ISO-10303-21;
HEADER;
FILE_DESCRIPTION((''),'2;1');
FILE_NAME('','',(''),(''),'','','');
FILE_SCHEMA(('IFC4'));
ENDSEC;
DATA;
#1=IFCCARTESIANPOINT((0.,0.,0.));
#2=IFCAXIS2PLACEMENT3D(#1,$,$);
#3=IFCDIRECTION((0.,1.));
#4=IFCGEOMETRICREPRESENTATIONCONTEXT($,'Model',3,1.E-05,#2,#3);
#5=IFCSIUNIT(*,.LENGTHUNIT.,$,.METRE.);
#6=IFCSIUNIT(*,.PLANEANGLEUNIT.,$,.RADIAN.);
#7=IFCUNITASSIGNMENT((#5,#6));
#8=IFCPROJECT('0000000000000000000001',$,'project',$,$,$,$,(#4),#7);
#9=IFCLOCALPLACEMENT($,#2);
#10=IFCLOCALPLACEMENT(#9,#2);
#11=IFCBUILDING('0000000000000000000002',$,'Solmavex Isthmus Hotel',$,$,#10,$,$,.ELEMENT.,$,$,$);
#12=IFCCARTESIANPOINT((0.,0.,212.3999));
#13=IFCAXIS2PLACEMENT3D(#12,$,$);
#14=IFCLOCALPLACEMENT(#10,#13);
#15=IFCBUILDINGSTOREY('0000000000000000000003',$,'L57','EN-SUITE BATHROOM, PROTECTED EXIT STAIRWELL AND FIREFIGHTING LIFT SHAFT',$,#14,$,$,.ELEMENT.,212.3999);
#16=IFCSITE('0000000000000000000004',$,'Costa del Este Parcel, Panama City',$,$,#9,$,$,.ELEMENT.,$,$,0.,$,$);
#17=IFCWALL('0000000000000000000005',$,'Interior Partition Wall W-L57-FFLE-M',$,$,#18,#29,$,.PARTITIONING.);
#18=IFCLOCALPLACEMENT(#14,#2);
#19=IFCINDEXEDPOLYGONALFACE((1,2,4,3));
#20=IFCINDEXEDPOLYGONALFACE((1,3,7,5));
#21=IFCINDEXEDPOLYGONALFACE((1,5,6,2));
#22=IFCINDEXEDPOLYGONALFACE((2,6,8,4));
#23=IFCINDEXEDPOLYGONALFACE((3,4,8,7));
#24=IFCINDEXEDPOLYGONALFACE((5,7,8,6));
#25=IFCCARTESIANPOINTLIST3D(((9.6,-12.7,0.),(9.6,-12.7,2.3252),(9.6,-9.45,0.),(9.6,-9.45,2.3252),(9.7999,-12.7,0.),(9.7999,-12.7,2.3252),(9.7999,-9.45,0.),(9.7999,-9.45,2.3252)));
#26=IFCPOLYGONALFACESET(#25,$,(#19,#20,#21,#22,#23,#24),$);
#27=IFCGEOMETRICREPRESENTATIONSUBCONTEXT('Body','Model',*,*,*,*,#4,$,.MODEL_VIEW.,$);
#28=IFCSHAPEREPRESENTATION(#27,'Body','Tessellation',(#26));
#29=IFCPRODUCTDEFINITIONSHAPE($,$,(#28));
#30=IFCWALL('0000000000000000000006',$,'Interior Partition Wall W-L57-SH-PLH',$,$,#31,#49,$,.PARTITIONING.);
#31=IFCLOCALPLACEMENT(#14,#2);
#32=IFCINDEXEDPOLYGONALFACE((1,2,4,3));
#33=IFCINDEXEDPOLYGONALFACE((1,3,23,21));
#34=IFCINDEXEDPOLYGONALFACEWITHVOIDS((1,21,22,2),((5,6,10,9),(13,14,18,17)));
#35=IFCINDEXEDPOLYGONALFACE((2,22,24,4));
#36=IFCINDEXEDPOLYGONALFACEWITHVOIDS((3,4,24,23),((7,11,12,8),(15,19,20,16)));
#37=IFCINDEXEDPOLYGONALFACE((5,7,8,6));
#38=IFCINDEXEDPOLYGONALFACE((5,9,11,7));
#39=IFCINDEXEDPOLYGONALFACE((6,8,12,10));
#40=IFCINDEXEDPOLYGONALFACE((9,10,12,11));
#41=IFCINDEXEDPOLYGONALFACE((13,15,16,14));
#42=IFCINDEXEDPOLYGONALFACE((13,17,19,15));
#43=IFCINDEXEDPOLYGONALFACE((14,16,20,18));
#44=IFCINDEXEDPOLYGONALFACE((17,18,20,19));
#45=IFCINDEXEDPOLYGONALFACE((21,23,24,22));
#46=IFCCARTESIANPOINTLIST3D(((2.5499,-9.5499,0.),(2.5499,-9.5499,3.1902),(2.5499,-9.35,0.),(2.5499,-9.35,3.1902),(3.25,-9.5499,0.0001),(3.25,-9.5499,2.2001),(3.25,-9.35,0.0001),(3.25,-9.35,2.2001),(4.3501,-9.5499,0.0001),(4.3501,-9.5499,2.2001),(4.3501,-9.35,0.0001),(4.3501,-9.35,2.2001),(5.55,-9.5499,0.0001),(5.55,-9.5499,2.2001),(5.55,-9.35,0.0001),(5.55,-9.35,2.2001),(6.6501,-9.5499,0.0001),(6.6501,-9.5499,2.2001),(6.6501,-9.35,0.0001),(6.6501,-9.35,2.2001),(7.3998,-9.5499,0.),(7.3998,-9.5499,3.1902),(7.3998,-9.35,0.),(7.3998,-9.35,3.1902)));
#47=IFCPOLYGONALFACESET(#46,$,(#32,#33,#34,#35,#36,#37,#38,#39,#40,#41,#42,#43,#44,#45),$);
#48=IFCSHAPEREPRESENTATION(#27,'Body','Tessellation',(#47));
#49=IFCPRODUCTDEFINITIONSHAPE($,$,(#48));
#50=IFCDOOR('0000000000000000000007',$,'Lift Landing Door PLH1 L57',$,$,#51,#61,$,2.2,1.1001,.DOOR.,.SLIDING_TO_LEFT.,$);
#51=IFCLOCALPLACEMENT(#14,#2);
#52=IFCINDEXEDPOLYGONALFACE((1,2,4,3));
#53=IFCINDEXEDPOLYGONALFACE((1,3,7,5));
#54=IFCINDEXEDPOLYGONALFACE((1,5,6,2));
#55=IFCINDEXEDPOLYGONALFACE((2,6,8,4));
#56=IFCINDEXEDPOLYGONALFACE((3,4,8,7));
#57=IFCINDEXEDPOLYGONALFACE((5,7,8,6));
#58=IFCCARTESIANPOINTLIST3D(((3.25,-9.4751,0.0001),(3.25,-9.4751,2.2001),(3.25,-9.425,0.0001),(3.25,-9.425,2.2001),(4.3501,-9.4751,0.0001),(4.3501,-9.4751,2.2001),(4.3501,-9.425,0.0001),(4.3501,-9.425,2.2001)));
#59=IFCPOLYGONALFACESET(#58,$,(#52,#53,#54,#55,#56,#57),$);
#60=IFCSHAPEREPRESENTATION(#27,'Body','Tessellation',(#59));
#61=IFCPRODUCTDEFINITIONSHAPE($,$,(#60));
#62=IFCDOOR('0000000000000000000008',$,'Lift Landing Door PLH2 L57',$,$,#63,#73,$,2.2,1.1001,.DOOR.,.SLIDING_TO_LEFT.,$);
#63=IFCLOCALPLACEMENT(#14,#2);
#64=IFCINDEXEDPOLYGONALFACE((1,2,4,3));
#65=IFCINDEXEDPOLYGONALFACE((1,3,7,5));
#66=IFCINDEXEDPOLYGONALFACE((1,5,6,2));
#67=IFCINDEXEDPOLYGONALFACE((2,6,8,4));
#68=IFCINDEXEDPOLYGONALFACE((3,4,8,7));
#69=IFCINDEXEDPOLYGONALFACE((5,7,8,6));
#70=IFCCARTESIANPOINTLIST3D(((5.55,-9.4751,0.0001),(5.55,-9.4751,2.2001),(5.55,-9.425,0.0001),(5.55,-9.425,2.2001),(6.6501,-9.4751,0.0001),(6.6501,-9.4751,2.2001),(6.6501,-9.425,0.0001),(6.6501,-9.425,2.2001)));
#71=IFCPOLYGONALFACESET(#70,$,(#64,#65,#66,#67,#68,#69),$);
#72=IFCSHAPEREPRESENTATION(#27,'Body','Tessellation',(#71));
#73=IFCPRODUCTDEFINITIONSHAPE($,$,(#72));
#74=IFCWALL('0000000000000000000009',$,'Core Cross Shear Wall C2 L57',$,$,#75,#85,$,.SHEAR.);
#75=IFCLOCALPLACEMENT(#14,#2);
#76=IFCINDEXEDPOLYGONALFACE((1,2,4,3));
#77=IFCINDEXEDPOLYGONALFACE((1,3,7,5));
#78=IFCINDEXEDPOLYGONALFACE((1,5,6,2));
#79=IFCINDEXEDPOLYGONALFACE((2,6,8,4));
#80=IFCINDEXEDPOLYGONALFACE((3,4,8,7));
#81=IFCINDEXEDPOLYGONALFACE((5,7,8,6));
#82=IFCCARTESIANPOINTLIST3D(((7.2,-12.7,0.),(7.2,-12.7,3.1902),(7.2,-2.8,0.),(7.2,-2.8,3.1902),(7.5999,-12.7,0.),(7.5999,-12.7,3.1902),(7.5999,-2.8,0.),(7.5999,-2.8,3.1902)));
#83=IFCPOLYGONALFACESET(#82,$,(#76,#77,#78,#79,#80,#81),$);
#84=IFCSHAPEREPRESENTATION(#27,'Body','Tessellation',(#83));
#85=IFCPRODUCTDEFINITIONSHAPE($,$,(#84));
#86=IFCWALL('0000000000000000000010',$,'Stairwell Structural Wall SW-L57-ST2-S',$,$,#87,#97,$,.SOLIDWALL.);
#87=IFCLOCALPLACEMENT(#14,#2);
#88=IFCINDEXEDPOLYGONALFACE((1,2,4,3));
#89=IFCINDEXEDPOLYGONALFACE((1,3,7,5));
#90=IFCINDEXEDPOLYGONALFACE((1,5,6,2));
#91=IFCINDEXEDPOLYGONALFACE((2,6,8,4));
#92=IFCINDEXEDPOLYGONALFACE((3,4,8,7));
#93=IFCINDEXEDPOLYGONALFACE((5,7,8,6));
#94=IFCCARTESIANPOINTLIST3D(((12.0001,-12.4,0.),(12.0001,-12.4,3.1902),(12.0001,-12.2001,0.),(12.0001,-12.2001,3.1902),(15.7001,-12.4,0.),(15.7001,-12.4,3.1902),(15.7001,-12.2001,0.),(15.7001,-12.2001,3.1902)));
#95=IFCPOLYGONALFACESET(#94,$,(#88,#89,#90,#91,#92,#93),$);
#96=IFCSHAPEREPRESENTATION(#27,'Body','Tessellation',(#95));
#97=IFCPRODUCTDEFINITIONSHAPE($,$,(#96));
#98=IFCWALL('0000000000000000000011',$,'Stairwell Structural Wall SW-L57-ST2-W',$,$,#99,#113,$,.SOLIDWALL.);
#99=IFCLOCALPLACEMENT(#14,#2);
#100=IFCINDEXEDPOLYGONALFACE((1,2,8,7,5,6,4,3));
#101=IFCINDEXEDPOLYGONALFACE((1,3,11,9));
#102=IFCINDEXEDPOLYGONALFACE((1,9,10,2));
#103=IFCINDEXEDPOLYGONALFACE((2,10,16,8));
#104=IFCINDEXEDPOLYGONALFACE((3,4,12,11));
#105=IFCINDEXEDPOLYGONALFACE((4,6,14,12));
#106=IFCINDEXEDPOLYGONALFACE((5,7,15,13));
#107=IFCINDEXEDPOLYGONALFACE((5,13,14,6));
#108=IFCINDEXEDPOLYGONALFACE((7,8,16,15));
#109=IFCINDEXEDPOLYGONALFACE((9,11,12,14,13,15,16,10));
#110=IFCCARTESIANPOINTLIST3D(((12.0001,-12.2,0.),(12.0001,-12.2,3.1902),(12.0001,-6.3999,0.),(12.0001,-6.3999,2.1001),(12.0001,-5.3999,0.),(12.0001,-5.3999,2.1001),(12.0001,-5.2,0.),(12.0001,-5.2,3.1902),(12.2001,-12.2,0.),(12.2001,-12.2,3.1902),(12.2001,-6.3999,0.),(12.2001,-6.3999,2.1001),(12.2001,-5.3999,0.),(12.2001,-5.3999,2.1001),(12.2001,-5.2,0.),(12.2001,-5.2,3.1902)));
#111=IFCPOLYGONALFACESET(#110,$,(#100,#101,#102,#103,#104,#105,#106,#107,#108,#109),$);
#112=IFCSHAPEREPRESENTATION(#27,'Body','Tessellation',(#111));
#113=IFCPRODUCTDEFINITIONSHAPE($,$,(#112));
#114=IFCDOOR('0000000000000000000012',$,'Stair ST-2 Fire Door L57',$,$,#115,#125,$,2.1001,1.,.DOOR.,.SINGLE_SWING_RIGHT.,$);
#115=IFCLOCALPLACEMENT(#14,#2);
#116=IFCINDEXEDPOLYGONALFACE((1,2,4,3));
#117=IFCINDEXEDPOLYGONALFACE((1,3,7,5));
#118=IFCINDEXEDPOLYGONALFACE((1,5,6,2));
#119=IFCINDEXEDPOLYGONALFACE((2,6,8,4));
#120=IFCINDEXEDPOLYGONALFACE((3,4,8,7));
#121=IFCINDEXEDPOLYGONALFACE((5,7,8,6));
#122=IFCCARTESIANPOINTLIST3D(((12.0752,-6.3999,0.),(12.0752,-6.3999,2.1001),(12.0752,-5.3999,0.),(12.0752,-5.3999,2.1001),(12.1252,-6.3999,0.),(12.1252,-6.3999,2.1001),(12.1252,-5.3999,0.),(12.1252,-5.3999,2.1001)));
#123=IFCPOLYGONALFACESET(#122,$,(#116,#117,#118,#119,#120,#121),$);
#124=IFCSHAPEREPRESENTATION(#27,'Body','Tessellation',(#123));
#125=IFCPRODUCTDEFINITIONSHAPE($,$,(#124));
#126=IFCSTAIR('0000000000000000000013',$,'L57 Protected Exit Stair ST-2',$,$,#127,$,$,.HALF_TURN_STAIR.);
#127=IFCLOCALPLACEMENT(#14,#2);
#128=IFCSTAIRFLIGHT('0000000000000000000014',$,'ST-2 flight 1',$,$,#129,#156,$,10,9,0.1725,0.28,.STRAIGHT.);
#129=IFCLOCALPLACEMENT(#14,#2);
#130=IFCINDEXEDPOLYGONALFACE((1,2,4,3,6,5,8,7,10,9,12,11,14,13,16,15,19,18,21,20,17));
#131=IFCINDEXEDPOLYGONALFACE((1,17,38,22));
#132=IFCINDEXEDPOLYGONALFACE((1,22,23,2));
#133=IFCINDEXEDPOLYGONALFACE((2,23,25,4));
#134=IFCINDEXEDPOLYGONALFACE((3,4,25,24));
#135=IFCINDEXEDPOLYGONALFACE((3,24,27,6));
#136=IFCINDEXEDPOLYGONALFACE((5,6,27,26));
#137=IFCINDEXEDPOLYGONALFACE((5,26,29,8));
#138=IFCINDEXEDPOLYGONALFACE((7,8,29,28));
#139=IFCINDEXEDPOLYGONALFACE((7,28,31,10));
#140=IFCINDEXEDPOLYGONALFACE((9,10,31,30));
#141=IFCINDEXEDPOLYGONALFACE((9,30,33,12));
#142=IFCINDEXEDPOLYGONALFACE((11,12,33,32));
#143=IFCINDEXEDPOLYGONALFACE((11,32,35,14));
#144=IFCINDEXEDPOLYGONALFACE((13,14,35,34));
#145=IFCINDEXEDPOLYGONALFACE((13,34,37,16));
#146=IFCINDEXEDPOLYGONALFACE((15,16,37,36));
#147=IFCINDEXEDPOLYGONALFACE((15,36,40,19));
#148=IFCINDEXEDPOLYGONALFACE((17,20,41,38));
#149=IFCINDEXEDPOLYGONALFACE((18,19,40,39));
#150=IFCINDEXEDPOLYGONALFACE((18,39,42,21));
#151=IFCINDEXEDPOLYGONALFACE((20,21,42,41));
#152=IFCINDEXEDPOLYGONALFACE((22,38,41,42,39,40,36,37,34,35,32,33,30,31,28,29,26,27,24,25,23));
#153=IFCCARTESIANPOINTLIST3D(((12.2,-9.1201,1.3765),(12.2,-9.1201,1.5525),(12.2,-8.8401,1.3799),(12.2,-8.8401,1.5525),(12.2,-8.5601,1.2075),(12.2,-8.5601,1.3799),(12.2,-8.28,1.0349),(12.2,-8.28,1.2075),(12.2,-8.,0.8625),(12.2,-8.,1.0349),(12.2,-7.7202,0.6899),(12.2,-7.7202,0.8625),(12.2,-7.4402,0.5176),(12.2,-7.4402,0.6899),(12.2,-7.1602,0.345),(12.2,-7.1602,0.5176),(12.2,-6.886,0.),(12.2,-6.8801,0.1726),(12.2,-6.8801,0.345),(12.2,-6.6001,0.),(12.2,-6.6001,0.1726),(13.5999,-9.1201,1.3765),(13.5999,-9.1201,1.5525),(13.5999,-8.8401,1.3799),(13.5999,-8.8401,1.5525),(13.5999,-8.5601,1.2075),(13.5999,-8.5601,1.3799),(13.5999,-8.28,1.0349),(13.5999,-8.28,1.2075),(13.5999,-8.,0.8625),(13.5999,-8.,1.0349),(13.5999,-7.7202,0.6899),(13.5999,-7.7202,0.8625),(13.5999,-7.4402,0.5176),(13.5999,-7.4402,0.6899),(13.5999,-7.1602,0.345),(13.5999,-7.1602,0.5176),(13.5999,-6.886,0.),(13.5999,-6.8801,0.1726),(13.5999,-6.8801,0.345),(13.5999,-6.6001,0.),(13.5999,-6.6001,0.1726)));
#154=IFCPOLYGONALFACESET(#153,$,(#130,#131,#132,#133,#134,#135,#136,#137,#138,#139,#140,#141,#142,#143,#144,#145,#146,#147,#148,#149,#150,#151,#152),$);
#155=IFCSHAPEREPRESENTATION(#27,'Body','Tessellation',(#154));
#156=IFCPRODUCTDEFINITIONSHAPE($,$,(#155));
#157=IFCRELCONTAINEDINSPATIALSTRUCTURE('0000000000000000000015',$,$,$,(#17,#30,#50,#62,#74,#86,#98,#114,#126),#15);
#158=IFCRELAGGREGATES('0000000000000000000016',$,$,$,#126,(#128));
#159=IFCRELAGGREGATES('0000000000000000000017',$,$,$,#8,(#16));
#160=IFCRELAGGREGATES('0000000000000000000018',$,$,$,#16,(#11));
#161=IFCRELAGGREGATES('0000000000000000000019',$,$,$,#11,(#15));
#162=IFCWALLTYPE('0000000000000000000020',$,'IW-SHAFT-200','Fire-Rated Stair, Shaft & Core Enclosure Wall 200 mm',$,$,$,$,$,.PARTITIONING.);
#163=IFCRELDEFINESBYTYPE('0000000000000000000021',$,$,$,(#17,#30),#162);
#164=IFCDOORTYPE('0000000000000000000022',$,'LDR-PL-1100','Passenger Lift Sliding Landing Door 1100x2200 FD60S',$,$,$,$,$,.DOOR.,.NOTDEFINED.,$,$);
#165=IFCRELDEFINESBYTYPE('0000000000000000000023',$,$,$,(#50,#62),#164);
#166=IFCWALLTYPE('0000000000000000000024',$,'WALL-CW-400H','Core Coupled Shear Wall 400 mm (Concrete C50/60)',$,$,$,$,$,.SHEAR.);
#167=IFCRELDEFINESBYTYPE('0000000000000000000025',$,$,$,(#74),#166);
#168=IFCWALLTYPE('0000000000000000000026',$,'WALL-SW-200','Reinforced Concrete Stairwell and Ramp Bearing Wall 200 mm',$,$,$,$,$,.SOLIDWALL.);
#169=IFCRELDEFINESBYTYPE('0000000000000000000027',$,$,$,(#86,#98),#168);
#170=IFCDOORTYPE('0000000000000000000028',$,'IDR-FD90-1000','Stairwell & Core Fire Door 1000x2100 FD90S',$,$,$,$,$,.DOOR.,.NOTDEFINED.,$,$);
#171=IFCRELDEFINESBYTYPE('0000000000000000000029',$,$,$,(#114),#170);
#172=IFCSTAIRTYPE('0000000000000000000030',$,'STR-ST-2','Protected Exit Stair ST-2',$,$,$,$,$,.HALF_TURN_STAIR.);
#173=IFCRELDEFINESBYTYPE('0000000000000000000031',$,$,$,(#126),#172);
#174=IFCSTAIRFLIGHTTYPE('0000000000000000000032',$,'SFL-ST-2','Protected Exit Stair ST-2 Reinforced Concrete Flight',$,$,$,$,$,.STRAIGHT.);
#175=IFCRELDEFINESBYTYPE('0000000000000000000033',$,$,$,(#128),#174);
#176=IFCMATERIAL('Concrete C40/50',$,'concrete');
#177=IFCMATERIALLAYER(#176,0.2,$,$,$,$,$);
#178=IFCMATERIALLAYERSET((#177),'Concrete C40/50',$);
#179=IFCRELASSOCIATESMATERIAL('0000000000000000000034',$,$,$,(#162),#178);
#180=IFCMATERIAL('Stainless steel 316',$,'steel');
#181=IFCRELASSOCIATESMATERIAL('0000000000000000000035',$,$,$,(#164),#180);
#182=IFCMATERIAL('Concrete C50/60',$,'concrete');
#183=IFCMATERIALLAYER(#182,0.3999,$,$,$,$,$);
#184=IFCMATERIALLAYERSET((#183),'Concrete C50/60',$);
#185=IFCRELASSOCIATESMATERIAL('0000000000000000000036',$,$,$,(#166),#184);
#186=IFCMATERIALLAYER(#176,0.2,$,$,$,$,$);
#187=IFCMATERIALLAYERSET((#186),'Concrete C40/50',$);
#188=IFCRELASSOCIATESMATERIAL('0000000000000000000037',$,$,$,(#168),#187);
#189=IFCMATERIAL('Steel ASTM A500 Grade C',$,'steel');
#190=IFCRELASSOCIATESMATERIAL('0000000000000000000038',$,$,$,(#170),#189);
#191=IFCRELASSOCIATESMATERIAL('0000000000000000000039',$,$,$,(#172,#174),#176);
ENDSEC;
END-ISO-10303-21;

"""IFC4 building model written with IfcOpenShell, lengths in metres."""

from ifc_helpers import new_model, si_unit, direction, frame, frame_2d, origin, place, context, subcontext, project, spatial, polyline, rectangle, outline, extrude, material, layer, layer_set, type_object, element, fill, aggregate, save


model = new_model("IFC4")

# Units and contexts
model_context = context("Model", 3, precision=1e-05, world=origin(), true_north=direction((0.0, 1.0)))
body_context = subcontext(model_context, "Body", "Model", "MODEL_VIEW")
ifc_project = project(units=[si_unit("LENGTHUNIT", "METRE"), si_unit("PLANEANGLEUNIT", "RADIAN")], contexts=[model_context])

# Site, building, storey
site_placement = place(None, origin())
site = spatial("IfcSite", under=ifc_project, at=site_placement, Name="Costa del Este Parcel, Panama City", CompositionType="ELEMENT", RefElevation=0.0)
building_placement = place(site_placement, origin())
building = spatial("IfcBuilding", under=site, at=building_placement, Name="Solmavex Isthmus Hotel", CompositionType="ELEMENT")
storey_placement = place(building_placement, frame((0.0, 0.0, 212.3999)))
storey = spatial("IfcBuildingStorey", under=building, at=storey_placement, Name="L57", Description="EN-SUITE BATHROOM, PROTECTED EXIT STAIRWELL AND FIREFIGHTING LIFT SHAFT", CompositionType="ELEMENT", Elevation=212.3999)

# Shared definitions
ifc_material_1 = material(Name="Concrete C50/60", Category="concrete")

# Shared definitions
ifc_material_2 = material(Name="Steel ASTM A500 Grade C", Category="steel")

# Shared definitions
ifc_material_3 = material(Name="Concrete C40/50", Category="concrete")

# Shared definitions
ifc_layer_1 = layer(ifc_material_3, 0.2)
ifc_layer_set_1 = layer_set([ifc_layer_1], Name="Concrete C40/50")
wall_type_1 = type_object("IfcWallType", Name="IW-SHAFT-200", Description="Fire-Rated Stair, Shaft & Core Enclosure Wall 200 mm", PredefinedType="PARTITIONING", material=ifc_layer_set_1)
ifc_material_4 = material(Name="Stainless steel 316", Category="steel")

# Wall
wall_1_placement = place(storey_placement, frame((9.7, -12.7, 0.0), z_axis=(0.0, 0.0, 1.0), x_axis=(0.0, 1.0, 0.0)))
element("IfcWall", 1, at=wall_1_placement, inside=storey, type_object=wall_type_1, Name="Interior Partition Wall W-L57-FFLE-M", PredefinedType="PARTITIONING", context=body_context, shape_type="SweptSolid", body=[
    extrude(rectangle(XDim=3.25, YDim=0.2, at=frame_2d((1.625, 0.0))), origin(), (0.0, 0.0, 1.0), 2.3252),
])

# Wall, openings, doors
wall_2_placement = place(storey_placement, frame((2.55, -9.45, 0.0), z_axis=(0.0, 0.0, 1.0), x_axis=(1.0, 0.0, 0.0)))
wall_2 = element("IfcWall", 2, at=wall_2_placement, inside=storey, type_object=wall_type_1, Name="Interior Partition Wall W-L57-SH-PLH", PredefinedType="PARTITIONING", context=body_context, shape_type="SweptSolid", body=[
    extrude(rectangle(XDim=4.8499, YDim=0.2, at=frame_2d((2.4248, 0.0))), origin(), (0.0, 0.0, 1.0), 3.1902),
])
opening_1_placement = place(wall_2_placement, frame((0.7, 0.0, 0.0)))
opening_1 = element("IfcOpeningElement", 3, at=opening_1_placement, cuts=wall_2, PredefinedType="OPENING", context=body_context, shape_type="SweptSolid", body=[
    extrude(rectangle(XDim=1.1001, YDim=2.2, at=frame_2d((0.55, 1.1001))), frame((0.0, 0.1099, 0.0), z_axis=(0.0, -1.0, 0.0), x_axis=(1.0, 0.0, 0.0)), (0.0, 0.0, 1.0), 0.22),
])
opening_2_placement = place(wall_2_placement, frame((3.0, 0.0, 0.0)))
opening_2 = element("IfcOpeningElement", 4, at=opening_2_placement, cuts=wall_2, PredefinedType="OPENING", context=body_context, shape_type="SweptSolid", body=[
    extrude(rectangle(XDim=1.1001, YDim=2.2, at=frame_2d((0.55, 1.1001))), frame((0.0, 0.1099, 0.0), z_axis=(0.0, -1.0, 0.0), x_axis=(1.0, 0.0, 0.0)), (0.0, 0.0, 1.0), 0.22),
])
door_type_1 = type_object("IfcDoorType", Name="LDR-PL-1100", Description="Passenger Lift Sliding Landing Door 1100x2200 FD60S", OperationType="NOTDEFINED", PredefinedType="DOOR", material=ifc_material_4)
door_1_placement = place(opening_1_placement, origin())
door_1 = element("IfcDoor", 5, at=door_1_placement, inside=storey, type_object=door_type_1, Name="Lift Landing Door PLH1 L57", OperationType="SLIDING_TO_LEFT", OverallHeight=2.2, OverallWidth=1.1001, PredefinedType="DOOR", context=body_context, shape_type="SweptSolid", body=[
    extrude(rectangle(XDim=1.1001, YDim=2.2, at=frame_2d((0.55, 1.1001))), frame((0.0, 0.0249, 0.0), z_axis=(0.0, -1.0, 0.0), x_axis=(1.0, 0.0, 0.0)), (0.0, 0.0, 1.0), 0.05),
])
fill(opening_1, door_1)
door_2_placement = place(opening_2_placement, origin())
door_2 = element("IfcDoor", 6, at=door_2_placement, inside=storey, type_object=door_type_1, Name="Lift Landing Door PLH2 L57", OperationType="SLIDING_TO_LEFT", OverallHeight=2.2, OverallWidth=1.1001, PredefinedType="DOOR", context=body_context, shape_type="SweptSolid", body=[
    extrude(rectangle(XDim=1.1001, YDim=2.2, at=frame_2d((0.55, 1.1001))), frame((0.0, 0.0249, 0.0), z_axis=(0.0, -1.0, 0.0), x_axis=(1.0, 0.0, 0.0)), (0.0, 0.0, 1.0), 0.05),
])
fill(opening_2, door_2)

# Walls
ifc_layer_2 = layer(ifc_material_1, 0.3999)
ifc_layer_set_2 = layer_set([ifc_layer_2], Name="Concrete C50/60")
wall_type_2 = type_object("IfcWallType", Name="WALL-CW-400H", Description="Core Coupled Shear Wall 400 mm (Concrete C50/60)", PredefinedType="SHEAR", material=ifc_layer_set_2)
wall_3_placement = place(storey_placement, frame((7.3999, -12.7, 0.0), z_axis=(0.0, 0.0, 1.0), x_axis=(0.0, 1.0, 0.0)))
element("IfcWall", 7, at=wall_3_placement, inside=storey, type_object=wall_type_2, Name="Core Cross Shear Wall C2 L57", PredefinedType="SHEAR", context=body_context, shape_type="SweptSolid", body=[
    extrude(rectangle(XDim=9.8999, YDim=0.3999, at=frame_2d((4.95, 0.0))), origin(), (0.0, 0.0, 1.0), 3.1902),
])
ifc_layer_3 = layer(ifc_material_3, 0.2)
ifc_layer_set_3 = layer_set([ifc_layer_3], Name="Concrete C40/50")
wall_type_3 = type_object("IfcWallType", Name="WALL-SW-200", Description="Reinforced Concrete Stairwell and Ramp Bearing Wall 200 mm", PredefinedType="SOLIDWALL", material=ifc_layer_set_3)
wall_4_placement = place(storey_placement, frame((12.0, -12.3, 0.0), z_axis=(0.0, 0.0, 1.0), x_axis=(1.0, 0.0, 0.0)))
element("IfcWall", 8, at=wall_4_placement, inside=storey, type_object=wall_type_3, Name="Stairwell Structural Wall SW-L57-ST2-S", PredefinedType="SOLIDWALL", context=body_context, shape_type="SweptSolid", body=[
    extrude(rectangle(XDim=3.7, YDim=0.2, at=frame_2d((1.8501, 0.0))), origin(), (0.0, 0.0, 1.0), 3.1902),
])

# Wall, opening, door
wall_5_placement = place(storey_placement, frame((12.1001, -12.2, 0.0), z_axis=(0.0, 0.0, 1.0), x_axis=(0.0, 1.0, 0.0)))
wall_5 = element("IfcWall", 9, at=wall_5_placement, inside=storey, type_object=wall_type_3, Name="Stairwell Structural Wall SW-L57-ST2-W", PredefinedType="SOLIDWALL", context=body_context, shape_type="SweptSolid", body=[
    extrude(rectangle(XDim=7.0, YDim=0.2, at=frame_2d((3.5, 0.0))), origin(), (0.0, 0.0, 1.0), 3.1902),
])
opening_3_placement = place(wall_5_placement, frame((5.8, 0.0, 0.0)))
opening_3 = element("IfcOpeningElement", 10, at=opening_3_placement, cuts=wall_5, PredefinedType="OPENING", context=body_context, shape_type="SweptSolid", body=[
    extrude(rectangle(XDim=1.0, YDim=2.1001, at=frame_2d((0.5, 1.05))), frame((0.0, 0.1099, 0.0), z_axis=(0.0, -1.0, 0.0), x_axis=(1.0, 0.0, 0.0)), (0.0, 0.0, 1.0), 0.22),
])
door_type_2 = type_object("IfcDoorType", Name="IDR-FD90-1000", Description="Stairwell & Core Fire Door 1000x2100 FD90S", OperationType="NOTDEFINED", PredefinedType="DOOR", material=ifc_material_2)
door_3_placement = place(opening_3_placement, origin())
door_3 = element("IfcDoor", 11, at=door_3_placement, inside=storey, type_object=door_type_2, Name="Stair ST-2 Fire Door L57", OperationType="SINGLE_SWING_RIGHT", OverallHeight=2.1001, OverallWidth=1.0, PredefinedType="DOOR", context=body_context, shape_type="SweptSolid", body=[
    extrude(rectangle(XDim=1.0, YDim=2.1001, at=frame_2d((0.5, 1.05))), frame((0.0, 0.0249, 0.0), z_axis=(0.0, -1.0, 0.0), x_axis=(1.0, 0.0, 0.0)), (0.0, 0.0, 1.0), 0.05),
])
fill(opening_3, door_3)

# Stair, stair flight
stair_type = type_object("IfcStairType", Name="STR-ST-2", Description="Protected Exit Stair ST-2", PredefinedType="HALF_TURN_STAIR", material=ifc_material_3)
stair_placement = place(storey_placement, origin())
stair = element("IfcStair", 12, at=stair_placement, inside=storey, type_object=stair_type, Name="L57 Protected Exit Stair ST-2", PredefinedType="HALF_TURN_STAIR")
stair_flight_type = type_object("IfcStairFlightType", Name="SFL-ST-2", Description="Protected Exit Stair ST-2 Reinforced Concrete Flight", PredefinedType="STRAIGHT", material=ifc_material_3)
stair_flight_placement = place(storey_placement, frame((12.8999, -6.6001, 0.0), z_axis=(0.0, 0.0, 1.0), x_axis=(0.0, -1.0, 0.0)))
stair_flight = element("IfcStairFlight", 13, at=stair_flight_placement, type_object=stair_flight_type, Name="ST-2 flight 1", NumberOfRisers=10, NumberOfTreads=9, PredefinedType="STRAIGHT", RiserHeight=0.1725, TreadLength=0.28, context=body_context, shape_type="SweptSolid", body=[
    extrude(outline(polyline([(0.0, 0.0), (0.0, 0.1726), (0.28, 0.1726), (0.28, 0.345), (0.5601, 0.345), (0.5601, 0.5176), (0.8401, 0.5176), (0.8401, 0.6899), (1.1201, 0.6899), (1.1201, 0.8625), (1.3999, 0.8625), (1.3999, 1.0349), (1.6799, 1.0349), (1.6799, 1.2075), (1.96, 1.2075), (1.96, 1.3799), (2.24, 1.3799), (2.24, 1.5525), (2.52, 1.5525), (2.52, 1.7251), (2.52, 1.3765), (0.2859, 0.0), (0.0, 0.0)])), frame((0.0, 0.7, 0.0), z_axis=(0.0, -1.0, 0.0), x_axis=(1.0, 0.0, 0.0)), (0.0, 0.0, 1.0), 1.3999),
])
aggregate(stair, [stair_flight])

save(model, "model.ifc")
